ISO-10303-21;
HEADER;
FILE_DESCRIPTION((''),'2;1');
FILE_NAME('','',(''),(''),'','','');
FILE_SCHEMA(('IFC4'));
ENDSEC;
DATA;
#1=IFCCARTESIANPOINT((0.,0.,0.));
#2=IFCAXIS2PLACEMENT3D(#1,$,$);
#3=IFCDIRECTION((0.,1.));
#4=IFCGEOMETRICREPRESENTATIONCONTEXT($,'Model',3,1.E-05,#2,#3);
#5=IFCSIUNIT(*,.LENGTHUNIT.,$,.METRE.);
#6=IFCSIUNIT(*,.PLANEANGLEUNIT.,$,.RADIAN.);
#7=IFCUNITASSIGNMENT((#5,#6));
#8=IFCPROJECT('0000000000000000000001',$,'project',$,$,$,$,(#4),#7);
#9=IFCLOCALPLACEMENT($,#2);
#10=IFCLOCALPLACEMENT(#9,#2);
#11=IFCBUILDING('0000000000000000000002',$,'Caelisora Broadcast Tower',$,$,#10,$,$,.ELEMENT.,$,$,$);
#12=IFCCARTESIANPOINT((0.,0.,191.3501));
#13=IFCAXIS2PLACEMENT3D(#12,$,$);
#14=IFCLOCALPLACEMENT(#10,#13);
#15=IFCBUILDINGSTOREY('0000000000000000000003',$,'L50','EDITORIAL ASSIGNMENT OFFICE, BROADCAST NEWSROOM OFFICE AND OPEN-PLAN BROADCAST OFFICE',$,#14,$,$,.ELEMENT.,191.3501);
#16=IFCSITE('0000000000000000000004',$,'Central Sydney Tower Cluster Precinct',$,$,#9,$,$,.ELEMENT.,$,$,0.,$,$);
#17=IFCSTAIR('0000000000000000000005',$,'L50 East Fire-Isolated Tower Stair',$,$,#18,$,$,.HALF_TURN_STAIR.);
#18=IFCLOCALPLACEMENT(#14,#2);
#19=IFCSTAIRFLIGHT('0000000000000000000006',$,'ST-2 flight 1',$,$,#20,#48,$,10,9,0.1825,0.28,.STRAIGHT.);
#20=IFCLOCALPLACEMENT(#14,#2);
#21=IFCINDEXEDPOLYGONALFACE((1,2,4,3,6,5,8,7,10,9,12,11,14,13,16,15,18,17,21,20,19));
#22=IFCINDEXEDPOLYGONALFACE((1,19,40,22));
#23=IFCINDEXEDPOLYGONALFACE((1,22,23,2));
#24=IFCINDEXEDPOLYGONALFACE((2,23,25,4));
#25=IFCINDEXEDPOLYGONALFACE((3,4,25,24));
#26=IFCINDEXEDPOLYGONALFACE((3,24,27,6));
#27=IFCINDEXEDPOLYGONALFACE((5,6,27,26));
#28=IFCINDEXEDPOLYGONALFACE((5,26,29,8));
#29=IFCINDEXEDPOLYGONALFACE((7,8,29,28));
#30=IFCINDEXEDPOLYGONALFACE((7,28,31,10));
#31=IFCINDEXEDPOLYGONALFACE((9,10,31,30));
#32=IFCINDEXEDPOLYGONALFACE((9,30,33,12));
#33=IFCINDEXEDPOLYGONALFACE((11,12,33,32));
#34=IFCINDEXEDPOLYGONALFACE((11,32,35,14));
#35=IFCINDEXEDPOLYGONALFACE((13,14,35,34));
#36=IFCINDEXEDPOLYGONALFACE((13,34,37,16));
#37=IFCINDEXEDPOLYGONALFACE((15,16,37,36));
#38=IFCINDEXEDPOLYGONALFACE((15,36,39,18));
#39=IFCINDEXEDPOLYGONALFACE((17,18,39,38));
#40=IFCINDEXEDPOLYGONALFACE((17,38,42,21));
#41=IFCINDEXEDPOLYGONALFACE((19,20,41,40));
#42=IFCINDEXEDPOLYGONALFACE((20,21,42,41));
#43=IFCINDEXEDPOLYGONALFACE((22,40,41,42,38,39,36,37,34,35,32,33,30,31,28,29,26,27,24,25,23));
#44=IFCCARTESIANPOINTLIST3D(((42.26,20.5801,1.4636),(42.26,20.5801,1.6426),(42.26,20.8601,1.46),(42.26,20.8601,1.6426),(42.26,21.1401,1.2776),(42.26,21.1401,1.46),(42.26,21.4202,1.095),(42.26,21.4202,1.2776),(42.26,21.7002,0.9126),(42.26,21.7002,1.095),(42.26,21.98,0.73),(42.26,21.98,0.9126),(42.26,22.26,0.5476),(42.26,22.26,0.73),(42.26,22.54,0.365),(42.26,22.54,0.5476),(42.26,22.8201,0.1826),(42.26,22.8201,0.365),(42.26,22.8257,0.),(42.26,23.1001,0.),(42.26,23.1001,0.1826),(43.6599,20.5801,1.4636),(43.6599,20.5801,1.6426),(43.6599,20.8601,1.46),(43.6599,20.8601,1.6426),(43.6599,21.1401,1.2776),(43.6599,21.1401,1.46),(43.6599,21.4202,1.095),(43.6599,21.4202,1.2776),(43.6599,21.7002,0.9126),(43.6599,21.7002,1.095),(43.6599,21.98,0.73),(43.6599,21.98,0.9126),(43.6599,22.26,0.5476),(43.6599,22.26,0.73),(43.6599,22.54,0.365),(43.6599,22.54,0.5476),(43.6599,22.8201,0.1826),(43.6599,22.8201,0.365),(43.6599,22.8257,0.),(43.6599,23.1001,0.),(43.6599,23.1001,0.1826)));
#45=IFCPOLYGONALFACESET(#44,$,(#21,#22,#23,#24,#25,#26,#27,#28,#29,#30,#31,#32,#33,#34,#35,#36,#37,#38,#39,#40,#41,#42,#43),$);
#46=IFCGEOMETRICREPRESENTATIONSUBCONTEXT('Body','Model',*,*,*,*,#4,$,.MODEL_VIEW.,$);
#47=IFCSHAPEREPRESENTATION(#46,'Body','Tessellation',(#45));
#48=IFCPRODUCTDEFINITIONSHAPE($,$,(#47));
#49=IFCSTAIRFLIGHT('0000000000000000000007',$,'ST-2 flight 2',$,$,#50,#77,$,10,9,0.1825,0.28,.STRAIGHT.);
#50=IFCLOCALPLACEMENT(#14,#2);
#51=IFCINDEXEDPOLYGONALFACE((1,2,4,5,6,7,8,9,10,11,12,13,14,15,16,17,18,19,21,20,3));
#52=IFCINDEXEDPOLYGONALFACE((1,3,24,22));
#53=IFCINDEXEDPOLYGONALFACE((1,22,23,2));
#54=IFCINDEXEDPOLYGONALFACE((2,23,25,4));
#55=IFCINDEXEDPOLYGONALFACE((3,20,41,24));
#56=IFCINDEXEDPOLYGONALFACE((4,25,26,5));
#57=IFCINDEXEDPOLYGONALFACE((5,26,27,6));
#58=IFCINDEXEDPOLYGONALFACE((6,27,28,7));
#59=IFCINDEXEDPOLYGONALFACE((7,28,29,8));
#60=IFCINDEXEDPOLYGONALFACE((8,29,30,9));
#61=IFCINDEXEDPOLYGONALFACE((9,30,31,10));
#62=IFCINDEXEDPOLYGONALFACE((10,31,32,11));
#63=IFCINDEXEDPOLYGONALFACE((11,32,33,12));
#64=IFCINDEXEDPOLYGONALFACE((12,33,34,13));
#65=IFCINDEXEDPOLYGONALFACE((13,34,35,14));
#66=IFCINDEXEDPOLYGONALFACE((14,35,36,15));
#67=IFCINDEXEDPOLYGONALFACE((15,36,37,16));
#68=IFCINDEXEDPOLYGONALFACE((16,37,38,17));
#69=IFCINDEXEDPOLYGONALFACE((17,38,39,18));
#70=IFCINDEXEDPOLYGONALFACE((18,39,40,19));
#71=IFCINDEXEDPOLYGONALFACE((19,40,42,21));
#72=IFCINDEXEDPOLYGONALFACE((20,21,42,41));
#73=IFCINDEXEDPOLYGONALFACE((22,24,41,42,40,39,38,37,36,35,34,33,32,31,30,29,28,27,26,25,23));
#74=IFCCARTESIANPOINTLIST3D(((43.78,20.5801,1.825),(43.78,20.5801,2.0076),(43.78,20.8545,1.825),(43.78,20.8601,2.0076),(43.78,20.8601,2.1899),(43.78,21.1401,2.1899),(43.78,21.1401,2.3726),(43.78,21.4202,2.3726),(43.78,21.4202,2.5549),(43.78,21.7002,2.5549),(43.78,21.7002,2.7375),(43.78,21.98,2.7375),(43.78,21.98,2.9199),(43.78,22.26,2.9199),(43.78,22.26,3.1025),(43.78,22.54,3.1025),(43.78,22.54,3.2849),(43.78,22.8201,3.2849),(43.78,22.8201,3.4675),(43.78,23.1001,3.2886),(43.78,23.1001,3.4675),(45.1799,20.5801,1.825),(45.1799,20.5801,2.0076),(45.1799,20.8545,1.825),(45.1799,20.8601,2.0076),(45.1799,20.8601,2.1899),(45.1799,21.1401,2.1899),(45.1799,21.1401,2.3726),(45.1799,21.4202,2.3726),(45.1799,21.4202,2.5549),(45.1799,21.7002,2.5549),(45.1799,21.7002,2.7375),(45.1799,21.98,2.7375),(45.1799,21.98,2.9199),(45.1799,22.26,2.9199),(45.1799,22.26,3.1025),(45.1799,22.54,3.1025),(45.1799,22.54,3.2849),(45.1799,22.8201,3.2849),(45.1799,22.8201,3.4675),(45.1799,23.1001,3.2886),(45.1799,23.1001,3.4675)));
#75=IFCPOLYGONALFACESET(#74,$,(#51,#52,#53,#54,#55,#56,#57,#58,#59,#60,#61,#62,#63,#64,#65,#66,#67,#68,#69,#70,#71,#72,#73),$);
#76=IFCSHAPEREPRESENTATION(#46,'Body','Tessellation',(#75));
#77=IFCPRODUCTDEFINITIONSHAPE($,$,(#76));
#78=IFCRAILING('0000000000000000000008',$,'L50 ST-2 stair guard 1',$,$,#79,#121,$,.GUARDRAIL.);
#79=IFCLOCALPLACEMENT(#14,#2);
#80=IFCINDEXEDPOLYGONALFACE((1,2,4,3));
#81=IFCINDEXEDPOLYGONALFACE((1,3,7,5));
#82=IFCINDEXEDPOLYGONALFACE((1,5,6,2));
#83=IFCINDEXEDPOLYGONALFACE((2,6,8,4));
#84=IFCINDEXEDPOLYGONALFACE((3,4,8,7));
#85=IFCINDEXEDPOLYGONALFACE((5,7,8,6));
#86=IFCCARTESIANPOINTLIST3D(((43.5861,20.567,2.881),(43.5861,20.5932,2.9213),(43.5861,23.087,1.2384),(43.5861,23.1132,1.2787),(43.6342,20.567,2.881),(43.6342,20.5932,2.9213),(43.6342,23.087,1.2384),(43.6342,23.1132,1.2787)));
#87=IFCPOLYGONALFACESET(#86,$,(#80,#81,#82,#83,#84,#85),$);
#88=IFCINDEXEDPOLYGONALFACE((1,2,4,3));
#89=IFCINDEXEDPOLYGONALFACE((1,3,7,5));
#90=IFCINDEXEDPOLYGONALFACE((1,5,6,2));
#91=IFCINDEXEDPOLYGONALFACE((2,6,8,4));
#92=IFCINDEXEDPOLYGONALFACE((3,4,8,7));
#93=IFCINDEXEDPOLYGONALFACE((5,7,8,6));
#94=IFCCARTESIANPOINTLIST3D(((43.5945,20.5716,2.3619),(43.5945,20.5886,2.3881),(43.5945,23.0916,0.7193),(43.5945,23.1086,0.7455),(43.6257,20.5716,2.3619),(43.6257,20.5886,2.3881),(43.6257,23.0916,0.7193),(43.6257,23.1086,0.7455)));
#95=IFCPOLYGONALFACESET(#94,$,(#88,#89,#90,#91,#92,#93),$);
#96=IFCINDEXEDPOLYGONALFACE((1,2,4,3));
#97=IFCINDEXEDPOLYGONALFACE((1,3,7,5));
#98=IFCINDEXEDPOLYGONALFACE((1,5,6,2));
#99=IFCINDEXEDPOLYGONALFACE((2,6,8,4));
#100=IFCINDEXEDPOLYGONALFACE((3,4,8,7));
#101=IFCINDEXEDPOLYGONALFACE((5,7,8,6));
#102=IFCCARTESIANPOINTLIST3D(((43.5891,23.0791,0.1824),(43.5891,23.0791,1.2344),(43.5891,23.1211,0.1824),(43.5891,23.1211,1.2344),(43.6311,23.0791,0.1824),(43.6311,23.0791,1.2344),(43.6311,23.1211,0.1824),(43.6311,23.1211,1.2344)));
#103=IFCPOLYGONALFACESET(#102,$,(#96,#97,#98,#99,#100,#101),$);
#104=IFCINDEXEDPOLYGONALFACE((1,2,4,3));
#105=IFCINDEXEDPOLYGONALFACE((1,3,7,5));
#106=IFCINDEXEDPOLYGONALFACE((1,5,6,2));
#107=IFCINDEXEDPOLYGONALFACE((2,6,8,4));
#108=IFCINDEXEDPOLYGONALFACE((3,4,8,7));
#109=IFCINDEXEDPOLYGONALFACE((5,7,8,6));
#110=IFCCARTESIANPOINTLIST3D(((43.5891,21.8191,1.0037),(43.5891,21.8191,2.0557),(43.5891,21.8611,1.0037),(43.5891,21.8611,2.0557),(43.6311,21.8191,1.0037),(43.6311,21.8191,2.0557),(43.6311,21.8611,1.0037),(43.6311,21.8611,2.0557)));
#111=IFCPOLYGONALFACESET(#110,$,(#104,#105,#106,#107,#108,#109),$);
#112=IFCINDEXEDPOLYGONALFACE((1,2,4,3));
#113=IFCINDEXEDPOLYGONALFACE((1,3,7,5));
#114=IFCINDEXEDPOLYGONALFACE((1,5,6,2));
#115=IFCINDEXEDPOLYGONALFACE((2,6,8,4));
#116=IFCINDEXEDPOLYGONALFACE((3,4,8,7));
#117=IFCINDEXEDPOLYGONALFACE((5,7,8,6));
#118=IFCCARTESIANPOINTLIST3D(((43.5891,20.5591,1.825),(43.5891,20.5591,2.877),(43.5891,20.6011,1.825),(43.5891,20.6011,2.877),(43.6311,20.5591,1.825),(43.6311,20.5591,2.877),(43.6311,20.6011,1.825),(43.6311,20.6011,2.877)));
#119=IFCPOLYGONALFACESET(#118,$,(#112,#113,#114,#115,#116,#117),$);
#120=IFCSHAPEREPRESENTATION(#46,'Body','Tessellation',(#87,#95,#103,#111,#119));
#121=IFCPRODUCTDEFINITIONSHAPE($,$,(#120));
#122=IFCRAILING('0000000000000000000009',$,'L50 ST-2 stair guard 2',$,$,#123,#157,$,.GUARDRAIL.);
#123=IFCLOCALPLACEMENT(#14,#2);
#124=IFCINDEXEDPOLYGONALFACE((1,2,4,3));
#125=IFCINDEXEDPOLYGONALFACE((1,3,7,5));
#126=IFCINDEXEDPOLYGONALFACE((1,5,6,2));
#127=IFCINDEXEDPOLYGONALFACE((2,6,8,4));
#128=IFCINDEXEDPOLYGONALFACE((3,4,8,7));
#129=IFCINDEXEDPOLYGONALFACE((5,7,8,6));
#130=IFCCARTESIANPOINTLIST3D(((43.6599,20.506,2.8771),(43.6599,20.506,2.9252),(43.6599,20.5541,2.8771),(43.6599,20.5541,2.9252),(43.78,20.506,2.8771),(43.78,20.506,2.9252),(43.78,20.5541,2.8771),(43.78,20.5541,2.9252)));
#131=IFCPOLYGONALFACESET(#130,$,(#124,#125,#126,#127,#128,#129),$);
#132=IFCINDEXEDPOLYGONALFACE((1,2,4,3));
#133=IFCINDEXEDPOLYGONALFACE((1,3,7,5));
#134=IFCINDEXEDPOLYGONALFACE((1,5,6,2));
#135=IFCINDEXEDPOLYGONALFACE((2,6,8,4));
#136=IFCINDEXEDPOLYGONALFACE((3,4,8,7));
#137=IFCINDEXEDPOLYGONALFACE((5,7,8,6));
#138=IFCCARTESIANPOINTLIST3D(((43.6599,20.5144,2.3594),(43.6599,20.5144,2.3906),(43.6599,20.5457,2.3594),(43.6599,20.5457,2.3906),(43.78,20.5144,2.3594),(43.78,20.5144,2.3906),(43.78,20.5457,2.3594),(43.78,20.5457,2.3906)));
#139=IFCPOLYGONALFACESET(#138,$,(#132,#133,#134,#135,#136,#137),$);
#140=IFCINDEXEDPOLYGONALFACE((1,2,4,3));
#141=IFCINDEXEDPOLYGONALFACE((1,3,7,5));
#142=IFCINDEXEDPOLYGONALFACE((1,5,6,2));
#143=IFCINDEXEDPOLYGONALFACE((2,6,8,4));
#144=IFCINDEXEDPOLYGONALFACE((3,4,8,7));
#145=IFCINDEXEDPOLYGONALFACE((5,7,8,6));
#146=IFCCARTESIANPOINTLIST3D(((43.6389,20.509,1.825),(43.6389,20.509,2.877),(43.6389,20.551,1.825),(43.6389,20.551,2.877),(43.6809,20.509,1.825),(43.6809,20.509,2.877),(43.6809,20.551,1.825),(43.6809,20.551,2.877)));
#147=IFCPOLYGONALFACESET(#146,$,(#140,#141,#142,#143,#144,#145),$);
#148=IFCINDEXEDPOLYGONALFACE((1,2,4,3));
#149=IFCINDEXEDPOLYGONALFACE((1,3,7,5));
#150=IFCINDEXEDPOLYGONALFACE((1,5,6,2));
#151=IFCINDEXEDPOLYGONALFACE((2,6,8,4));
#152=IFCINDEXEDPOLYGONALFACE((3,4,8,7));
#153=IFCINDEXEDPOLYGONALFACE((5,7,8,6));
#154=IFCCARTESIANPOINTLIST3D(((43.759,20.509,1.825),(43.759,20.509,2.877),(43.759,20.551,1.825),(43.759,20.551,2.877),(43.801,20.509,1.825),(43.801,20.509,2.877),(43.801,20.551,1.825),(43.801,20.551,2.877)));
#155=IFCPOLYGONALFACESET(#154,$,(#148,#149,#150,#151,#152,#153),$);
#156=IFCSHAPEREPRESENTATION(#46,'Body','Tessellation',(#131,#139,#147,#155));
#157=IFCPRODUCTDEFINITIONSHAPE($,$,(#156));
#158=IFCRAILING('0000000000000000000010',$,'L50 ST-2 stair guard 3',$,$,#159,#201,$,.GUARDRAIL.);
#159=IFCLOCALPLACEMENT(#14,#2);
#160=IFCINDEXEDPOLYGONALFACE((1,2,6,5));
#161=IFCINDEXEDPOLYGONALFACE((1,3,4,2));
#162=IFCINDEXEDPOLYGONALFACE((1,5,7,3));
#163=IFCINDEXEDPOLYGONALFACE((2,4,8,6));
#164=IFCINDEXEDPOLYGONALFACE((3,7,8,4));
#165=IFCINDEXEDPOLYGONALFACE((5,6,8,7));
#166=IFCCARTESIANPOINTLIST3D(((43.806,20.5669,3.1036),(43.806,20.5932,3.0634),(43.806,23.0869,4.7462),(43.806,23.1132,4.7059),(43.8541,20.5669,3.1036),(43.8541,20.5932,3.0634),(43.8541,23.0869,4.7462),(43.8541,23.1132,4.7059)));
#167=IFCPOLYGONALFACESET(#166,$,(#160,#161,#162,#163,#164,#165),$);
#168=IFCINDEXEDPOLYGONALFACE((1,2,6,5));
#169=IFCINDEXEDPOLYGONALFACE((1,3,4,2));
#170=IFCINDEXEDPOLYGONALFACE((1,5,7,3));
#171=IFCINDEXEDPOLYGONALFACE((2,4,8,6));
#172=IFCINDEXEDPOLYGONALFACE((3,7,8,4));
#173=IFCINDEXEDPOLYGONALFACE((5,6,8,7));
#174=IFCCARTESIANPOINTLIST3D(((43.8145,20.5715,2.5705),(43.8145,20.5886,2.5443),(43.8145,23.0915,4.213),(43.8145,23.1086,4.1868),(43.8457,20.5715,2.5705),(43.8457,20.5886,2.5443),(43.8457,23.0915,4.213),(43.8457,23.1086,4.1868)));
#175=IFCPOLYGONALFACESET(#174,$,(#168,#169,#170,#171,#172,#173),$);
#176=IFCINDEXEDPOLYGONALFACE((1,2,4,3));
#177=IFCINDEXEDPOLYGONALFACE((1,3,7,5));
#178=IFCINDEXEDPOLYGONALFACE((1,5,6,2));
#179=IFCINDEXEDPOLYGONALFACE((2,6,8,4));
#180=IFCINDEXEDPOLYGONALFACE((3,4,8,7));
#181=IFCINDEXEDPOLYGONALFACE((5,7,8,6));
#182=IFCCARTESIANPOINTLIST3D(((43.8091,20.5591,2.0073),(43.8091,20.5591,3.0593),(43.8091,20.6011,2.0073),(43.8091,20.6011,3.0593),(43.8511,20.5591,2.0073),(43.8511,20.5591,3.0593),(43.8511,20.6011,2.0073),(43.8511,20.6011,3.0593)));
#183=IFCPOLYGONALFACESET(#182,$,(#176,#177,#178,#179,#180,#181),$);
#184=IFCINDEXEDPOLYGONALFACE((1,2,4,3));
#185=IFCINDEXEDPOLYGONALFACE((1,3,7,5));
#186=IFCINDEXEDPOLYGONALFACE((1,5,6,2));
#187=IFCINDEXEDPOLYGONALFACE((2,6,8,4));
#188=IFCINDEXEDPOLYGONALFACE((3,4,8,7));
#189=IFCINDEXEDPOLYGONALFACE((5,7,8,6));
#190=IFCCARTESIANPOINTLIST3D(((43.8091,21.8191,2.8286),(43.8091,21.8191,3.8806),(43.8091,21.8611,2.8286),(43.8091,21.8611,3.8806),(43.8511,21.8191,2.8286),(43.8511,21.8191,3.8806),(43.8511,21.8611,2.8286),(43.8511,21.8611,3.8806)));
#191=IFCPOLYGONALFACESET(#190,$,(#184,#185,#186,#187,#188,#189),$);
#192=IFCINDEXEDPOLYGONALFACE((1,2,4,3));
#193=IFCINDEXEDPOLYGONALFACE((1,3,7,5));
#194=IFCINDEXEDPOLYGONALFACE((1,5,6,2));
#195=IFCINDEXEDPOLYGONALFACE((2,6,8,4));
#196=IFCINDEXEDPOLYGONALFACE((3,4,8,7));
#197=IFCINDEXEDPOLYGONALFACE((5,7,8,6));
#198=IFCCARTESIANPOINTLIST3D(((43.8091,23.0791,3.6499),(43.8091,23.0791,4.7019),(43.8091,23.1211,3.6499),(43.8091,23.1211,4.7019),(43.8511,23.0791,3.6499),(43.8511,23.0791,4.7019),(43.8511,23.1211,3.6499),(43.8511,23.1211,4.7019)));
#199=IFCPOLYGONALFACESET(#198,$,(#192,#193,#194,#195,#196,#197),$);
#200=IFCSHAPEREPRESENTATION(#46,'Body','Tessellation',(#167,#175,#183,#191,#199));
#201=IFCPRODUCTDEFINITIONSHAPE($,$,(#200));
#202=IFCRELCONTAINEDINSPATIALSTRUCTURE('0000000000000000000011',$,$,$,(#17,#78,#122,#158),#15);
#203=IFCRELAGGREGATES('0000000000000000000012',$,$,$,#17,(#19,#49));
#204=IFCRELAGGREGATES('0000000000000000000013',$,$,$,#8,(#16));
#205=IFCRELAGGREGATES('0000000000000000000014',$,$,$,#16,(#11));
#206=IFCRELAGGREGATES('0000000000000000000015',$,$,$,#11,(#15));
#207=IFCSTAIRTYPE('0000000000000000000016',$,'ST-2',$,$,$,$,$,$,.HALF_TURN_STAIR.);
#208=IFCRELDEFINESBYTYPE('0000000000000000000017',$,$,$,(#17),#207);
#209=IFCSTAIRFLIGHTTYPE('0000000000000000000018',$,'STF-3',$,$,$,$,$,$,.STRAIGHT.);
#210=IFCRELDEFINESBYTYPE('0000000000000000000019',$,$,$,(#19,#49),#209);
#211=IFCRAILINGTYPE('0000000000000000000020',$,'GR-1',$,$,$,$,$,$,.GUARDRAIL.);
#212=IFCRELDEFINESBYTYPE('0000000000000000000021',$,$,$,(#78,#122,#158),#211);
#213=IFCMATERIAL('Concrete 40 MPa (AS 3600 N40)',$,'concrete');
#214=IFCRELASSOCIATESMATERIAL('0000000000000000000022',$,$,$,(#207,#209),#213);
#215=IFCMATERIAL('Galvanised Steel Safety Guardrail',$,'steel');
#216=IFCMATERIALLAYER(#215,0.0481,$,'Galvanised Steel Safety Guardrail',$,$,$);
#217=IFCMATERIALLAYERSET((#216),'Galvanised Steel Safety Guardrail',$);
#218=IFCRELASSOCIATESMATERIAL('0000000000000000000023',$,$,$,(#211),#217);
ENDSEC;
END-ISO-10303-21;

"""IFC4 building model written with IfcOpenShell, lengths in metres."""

from ifc_helpers import new_model, si_unit, direction, frame, origin, origin_2d, place, context, subcontext, project, spatial, polyline, rectangle, outline, extrude, material, layer, layer_set, type_object, element, aggregate, save


model = new_model("IFC4")

# Units and contexts
model_context = context("Model", 3, precision=1e-05, world=origin(), true_north=direction((0.0, 1.0)))
body_context = subcontext(model_context, "Body", "Model", "MODEL_VIEW")
ifc_project = project(units=[si_unit("LENGTHUNIT", "METRE"), si_unit("PLANEANGLEUNIT", "RADIAN")], contexts=[model_context])

# Site, building, storey
site_placement = place(None, origin())
site = spatial("IfcSite", under=ifc_project, at=site_placement, Name="Central Sydney Tower Cluster Precinct", CompositionType="ELEMENT", RefElevation=0.0)
building_placement = place(site_placement, origin())
building = spatial("IfcBuilding", under=site, at=building_placement, Name="Caelisora Broadcast Tower", CompositionType="ELEMENT")
storey_placement = place(building_placement, frame((0.0, 0.0, 191.3501)))
storey = spatial("IfcBuildingStorey", under=building, at=storey_placement, Name="L50", Description="EDITORIAL ASSIGNMENT OFFICE, BROADCAST NEWSROOM OFFICE AND OPEN-PLAN BROADCAST OFFICE", CompositionType="ELEMENT", Elevation=191.3501)

# Stair, stair flights
ifc_material_1 = material(Name="Concrete 40 MPa (AS 3600 N40)", Category="concrete")
stair_type = type_object("IfcStairType", Name="ST-2", PredefinedType="HALF_TURN_STAIR", material=ifc_material_1)
stair_placement = place(storey_placement, origin())
stair = element("IfcStair", 1, at=stair_placement, inside=storey, type_object=stair_type, Name="L50 East Fire-Isolated Tower Stair", PredefinedType="HALF_TURN_STAIR")
stair_flight_type = type_object("IfcStairFlightType", Name="STF-3", PredefinedType="STRAIGHT", material=ifc_material_1)
stair_flight_1_placement = place(storey_placement, frame((42.96, 23.1001, 0.0), z_axis=(0.0, 0.0, 1.0), x_axis=(0.0, -1.0, 0.0)))
stair_flight_1 = element("IfcStairFlight", 2, at=stair_flight_1_placement, type_object=stair_flight_type, Name="ST-2 flight 1", NumberOfRisers=10, NumberOfTreads=9, PredefinedType="STRAIGHT", RiserHeight=0.1825, TreadLength=0.28, context=body_context, shape_type="SweptSolid", body=[
    extrude(outline(polyline([(0.0, 0.0), (0.0, 0.1826), (0.28, 0.1826), (0.28, 0.365), (0.5601, 0.365), (0.5601, 0.5476), (0.8401, 0.5476), (0.8401, 0.73), (1.1201, 0.73), (1.1201, 0.9126), (1.3999, 0.9126), (1.3999, 1.095), (1.6799, 1.095), (1.6799, 1.2776), (1.96, 1.2776), (1.96, 1.46), (2.24, 1.46), (2.24, 1.6426), (2.52, 1.6426), (2.52, 1.825), (2.52, 1.4636), (0.2744, 0.0), (0.0, 0.0)])), frame((0.0, 0.7, 0.0), z_axis=(0.0, -1.0, 0.0), x_axis=(1.0, 0.0, 0.0)), (0.0, 0.0, 1.0), 1.3999),
])
stair_flight_2_placement = place(storey_placement, frame((44.48, 20.5801, 1.825), z_axis=(0.0, 0.0, 1.0), x_axis=(0.0, 1.0, 0.0)))
stair_flight_2 = element("IfcStairFlight", 3, at=stair_flight_2_placement, type_object=stair_flight_type, Name="ST-2 flight 2", NumberOfRisers=10, NumberOfTreads=9, PredefinedType="STRAIGHT", RiserHeight=0.1825, TreadLength=0.28, context=body_context, shape_type="SweptSolid", body=[
    extrude(outline(polyline([(0.0, 0.0), (0.0, 0.1826), (0.28, 0.1826), (0.28, 0.365), (0.5601, 0.365), (0.5601, 0.5476), (0.8401, 0.5476), (0.8401, 0.73), (1.1201, 0.73), (1.1201, 0.9126), (1.3999, 0.9126), (1.3999, 1.095), (1.6799, 1.095), (1.6799, 1.2776), (1.96, 1.2776), (1.96, 1.46), (2.24, 1.46), (2.24, 1.6426), (2.52, 1.6426), (2.52, 1.825), (2.52, 1.4636), (0.2744, 0.0), (0.0, 0.0)])), frame((0.0, 0.7, 0.0), z_axis=(0.0, -1.0, 0.0), x_axis=(1.0, 0.0, 0.0)), (0.0, 0.0, 1.0), 1.3999),
])
aggregate(stair, [stair_flight_1, stair_flight_2])

# Railings
ifc_material_2 = material(Name="Galvanised Steel Safety Guardrail", Category="steel")
ifc_layer_1 = layer(ifc_material_2, 0.0481, Name="Galvanised Steel Safety Guardrail")
ifc_layer_set_1 = layer_set([ifc_layer_1], Name="Galvanised Steel Safety Guardrail")
railing_type_1 = type_object("IfcRailingType", Name="GR-1", PredefinedType="GUARDRAIL", material=ifc_layer_set_1)
railing_1_placement = place(storey_placement, frame((43.6101, 23.1001, 0.1824)))
element("IfcRailing", 4, at=railing_1_placement, inside=storey, type_object=railing_type_1, Name="L50 ST-2 stair guard 1", PredefinedType="GUARDRAIL", context=body_context, shape_type="SweptSolid", body=[
    extrude(rectangle(XDim=0.0481, YDim=0.0481, at=origin_2d()), frame((0.0, 0.0, 1.0762), z_axis=(0.0, -0.837749, 0.546055), x_axis=(1.0, 0.0, 0.0)), (0.0, 0.0, 1.0), 3.0081),
    extrude(rectangle(XDim=0.0312, YDim=0.0312, at=origin_2d()), frame((0.0, 0.0, 0.55), z_axis=(0.0, -0.837749, 0.546055), x_axis=(1.0, 0.0, 0.0)), (0.0, 0.0, 1.0), 3.0081),
    extrude(rectangle(XDim=0.042, YDim=0.042, at=origin_2d()), origin(), (0.0, 0.0, 1.0), 1.052),
    extrude(rectangle(XDim=0.042, YDim=0.042, at=origin_2d()), frame((0.0, -1.26, 0.8213)), (0.0, 0.0, 1.0), 1.052),
    extrude(rectangle(XDim=0.042, YDim=0.042, at=origin_2d()), frame((0.0, -2.52, 1.6426)), (0.0, 0.0, 1.0), 1.052),
])
railing_2_placement = place(storey_placement, frame((43.6599, 20.53, 1.825)))
element("IfcRailing", 5, at=railing_2_placement, inside=storey, type_object=railing_type_1, Name="L50 ST-2 stair guard 2", PredefinedType="GUARDRAIL", context=body_context, shape_type="SweptSolid", body=[
    extrude(rectangle(XDim=0.0481, YDim=0.0481, at=origin_2d()), frame((0.0, 0.0, 1.0762), z_axis=(1.0, 0.0, 0.0), x_axis=(0.0, 1.0, 0.0)), (0.0, 0.0, 1.0), 0.1201),
    extrude(rectangle(XDim=0.0312, YDim=0.0312, at=origin_2d()), frame((0.0, 0.0, 0.55), z_axis=(1.0, 0.0, 0.0), x_axis=(0.0, 1.0, 0.0)), (0.0, 0.0, 1.0), 0.1201),
    extrude(rectangle(XDim=0.042, YDim=0.042, at=origin_2d()), origin(), (0.0, 0.0, 1.0), 1.052),
    extrude(rectangle(XDim=0.042, YDim=0.042, at=origin_2d()), frame((0.1201, 0.0, 0.0)), (0.0, 0.0, 1.0), 1.052),
])
railing_3_placement = place(storey_placement, frame((43.8301, 20.5801, 2.0073)))
element("IfcRailing", 6, at=railing_3_placement, inside=storey, type_object=railing_type_1, Name="L50 ST-2 stair guard 3", PredefinedType="GUARDRAIL", context=body_context, shape_type="SweptSolid", body=[
    extrude(rectangle(XDim=0.0481, YDim=0.0481, at=origin_2d()), frame((0.0, 0.0, 1.0762), z_axis=(0.0, 0.837749, 0.546055), x_axis=(-1.0, 0.0, 0.0)), (0.0, 0.0, 1.0), 3.0081),
    extrude(rectangle(XDim=0.0312, YDim=0.0312, at=origin_2d()), frame((0.0, 0.0, 0.55), z_axis=(0.0, 0.837749, 0.546055), x_axis=(-1.0, 0.0, 0.0)), (0.0, 0.0, 1.0), 3.0081),
    extrude(rectangle(XDim=0.042, YDim=0.042, at=origin_2d()), origin(), (0.0, 0.0, 1.0), 1.052),
    extrude(rectangle(XDim=0.042, YDim=0.042, at=origin_2d()), frame((0.0, 1.26, 0.8213)), (0.0, 0.0, 1.0), 1.052),
    extrude(rectangle(XDim=0.042, YDim=0.042, at=origin_2d()), frame((0.0, 2.52, 1.6426)), (0.0, 0.0, 1.0), 1.052),
])

save(model, "model.ifc")
